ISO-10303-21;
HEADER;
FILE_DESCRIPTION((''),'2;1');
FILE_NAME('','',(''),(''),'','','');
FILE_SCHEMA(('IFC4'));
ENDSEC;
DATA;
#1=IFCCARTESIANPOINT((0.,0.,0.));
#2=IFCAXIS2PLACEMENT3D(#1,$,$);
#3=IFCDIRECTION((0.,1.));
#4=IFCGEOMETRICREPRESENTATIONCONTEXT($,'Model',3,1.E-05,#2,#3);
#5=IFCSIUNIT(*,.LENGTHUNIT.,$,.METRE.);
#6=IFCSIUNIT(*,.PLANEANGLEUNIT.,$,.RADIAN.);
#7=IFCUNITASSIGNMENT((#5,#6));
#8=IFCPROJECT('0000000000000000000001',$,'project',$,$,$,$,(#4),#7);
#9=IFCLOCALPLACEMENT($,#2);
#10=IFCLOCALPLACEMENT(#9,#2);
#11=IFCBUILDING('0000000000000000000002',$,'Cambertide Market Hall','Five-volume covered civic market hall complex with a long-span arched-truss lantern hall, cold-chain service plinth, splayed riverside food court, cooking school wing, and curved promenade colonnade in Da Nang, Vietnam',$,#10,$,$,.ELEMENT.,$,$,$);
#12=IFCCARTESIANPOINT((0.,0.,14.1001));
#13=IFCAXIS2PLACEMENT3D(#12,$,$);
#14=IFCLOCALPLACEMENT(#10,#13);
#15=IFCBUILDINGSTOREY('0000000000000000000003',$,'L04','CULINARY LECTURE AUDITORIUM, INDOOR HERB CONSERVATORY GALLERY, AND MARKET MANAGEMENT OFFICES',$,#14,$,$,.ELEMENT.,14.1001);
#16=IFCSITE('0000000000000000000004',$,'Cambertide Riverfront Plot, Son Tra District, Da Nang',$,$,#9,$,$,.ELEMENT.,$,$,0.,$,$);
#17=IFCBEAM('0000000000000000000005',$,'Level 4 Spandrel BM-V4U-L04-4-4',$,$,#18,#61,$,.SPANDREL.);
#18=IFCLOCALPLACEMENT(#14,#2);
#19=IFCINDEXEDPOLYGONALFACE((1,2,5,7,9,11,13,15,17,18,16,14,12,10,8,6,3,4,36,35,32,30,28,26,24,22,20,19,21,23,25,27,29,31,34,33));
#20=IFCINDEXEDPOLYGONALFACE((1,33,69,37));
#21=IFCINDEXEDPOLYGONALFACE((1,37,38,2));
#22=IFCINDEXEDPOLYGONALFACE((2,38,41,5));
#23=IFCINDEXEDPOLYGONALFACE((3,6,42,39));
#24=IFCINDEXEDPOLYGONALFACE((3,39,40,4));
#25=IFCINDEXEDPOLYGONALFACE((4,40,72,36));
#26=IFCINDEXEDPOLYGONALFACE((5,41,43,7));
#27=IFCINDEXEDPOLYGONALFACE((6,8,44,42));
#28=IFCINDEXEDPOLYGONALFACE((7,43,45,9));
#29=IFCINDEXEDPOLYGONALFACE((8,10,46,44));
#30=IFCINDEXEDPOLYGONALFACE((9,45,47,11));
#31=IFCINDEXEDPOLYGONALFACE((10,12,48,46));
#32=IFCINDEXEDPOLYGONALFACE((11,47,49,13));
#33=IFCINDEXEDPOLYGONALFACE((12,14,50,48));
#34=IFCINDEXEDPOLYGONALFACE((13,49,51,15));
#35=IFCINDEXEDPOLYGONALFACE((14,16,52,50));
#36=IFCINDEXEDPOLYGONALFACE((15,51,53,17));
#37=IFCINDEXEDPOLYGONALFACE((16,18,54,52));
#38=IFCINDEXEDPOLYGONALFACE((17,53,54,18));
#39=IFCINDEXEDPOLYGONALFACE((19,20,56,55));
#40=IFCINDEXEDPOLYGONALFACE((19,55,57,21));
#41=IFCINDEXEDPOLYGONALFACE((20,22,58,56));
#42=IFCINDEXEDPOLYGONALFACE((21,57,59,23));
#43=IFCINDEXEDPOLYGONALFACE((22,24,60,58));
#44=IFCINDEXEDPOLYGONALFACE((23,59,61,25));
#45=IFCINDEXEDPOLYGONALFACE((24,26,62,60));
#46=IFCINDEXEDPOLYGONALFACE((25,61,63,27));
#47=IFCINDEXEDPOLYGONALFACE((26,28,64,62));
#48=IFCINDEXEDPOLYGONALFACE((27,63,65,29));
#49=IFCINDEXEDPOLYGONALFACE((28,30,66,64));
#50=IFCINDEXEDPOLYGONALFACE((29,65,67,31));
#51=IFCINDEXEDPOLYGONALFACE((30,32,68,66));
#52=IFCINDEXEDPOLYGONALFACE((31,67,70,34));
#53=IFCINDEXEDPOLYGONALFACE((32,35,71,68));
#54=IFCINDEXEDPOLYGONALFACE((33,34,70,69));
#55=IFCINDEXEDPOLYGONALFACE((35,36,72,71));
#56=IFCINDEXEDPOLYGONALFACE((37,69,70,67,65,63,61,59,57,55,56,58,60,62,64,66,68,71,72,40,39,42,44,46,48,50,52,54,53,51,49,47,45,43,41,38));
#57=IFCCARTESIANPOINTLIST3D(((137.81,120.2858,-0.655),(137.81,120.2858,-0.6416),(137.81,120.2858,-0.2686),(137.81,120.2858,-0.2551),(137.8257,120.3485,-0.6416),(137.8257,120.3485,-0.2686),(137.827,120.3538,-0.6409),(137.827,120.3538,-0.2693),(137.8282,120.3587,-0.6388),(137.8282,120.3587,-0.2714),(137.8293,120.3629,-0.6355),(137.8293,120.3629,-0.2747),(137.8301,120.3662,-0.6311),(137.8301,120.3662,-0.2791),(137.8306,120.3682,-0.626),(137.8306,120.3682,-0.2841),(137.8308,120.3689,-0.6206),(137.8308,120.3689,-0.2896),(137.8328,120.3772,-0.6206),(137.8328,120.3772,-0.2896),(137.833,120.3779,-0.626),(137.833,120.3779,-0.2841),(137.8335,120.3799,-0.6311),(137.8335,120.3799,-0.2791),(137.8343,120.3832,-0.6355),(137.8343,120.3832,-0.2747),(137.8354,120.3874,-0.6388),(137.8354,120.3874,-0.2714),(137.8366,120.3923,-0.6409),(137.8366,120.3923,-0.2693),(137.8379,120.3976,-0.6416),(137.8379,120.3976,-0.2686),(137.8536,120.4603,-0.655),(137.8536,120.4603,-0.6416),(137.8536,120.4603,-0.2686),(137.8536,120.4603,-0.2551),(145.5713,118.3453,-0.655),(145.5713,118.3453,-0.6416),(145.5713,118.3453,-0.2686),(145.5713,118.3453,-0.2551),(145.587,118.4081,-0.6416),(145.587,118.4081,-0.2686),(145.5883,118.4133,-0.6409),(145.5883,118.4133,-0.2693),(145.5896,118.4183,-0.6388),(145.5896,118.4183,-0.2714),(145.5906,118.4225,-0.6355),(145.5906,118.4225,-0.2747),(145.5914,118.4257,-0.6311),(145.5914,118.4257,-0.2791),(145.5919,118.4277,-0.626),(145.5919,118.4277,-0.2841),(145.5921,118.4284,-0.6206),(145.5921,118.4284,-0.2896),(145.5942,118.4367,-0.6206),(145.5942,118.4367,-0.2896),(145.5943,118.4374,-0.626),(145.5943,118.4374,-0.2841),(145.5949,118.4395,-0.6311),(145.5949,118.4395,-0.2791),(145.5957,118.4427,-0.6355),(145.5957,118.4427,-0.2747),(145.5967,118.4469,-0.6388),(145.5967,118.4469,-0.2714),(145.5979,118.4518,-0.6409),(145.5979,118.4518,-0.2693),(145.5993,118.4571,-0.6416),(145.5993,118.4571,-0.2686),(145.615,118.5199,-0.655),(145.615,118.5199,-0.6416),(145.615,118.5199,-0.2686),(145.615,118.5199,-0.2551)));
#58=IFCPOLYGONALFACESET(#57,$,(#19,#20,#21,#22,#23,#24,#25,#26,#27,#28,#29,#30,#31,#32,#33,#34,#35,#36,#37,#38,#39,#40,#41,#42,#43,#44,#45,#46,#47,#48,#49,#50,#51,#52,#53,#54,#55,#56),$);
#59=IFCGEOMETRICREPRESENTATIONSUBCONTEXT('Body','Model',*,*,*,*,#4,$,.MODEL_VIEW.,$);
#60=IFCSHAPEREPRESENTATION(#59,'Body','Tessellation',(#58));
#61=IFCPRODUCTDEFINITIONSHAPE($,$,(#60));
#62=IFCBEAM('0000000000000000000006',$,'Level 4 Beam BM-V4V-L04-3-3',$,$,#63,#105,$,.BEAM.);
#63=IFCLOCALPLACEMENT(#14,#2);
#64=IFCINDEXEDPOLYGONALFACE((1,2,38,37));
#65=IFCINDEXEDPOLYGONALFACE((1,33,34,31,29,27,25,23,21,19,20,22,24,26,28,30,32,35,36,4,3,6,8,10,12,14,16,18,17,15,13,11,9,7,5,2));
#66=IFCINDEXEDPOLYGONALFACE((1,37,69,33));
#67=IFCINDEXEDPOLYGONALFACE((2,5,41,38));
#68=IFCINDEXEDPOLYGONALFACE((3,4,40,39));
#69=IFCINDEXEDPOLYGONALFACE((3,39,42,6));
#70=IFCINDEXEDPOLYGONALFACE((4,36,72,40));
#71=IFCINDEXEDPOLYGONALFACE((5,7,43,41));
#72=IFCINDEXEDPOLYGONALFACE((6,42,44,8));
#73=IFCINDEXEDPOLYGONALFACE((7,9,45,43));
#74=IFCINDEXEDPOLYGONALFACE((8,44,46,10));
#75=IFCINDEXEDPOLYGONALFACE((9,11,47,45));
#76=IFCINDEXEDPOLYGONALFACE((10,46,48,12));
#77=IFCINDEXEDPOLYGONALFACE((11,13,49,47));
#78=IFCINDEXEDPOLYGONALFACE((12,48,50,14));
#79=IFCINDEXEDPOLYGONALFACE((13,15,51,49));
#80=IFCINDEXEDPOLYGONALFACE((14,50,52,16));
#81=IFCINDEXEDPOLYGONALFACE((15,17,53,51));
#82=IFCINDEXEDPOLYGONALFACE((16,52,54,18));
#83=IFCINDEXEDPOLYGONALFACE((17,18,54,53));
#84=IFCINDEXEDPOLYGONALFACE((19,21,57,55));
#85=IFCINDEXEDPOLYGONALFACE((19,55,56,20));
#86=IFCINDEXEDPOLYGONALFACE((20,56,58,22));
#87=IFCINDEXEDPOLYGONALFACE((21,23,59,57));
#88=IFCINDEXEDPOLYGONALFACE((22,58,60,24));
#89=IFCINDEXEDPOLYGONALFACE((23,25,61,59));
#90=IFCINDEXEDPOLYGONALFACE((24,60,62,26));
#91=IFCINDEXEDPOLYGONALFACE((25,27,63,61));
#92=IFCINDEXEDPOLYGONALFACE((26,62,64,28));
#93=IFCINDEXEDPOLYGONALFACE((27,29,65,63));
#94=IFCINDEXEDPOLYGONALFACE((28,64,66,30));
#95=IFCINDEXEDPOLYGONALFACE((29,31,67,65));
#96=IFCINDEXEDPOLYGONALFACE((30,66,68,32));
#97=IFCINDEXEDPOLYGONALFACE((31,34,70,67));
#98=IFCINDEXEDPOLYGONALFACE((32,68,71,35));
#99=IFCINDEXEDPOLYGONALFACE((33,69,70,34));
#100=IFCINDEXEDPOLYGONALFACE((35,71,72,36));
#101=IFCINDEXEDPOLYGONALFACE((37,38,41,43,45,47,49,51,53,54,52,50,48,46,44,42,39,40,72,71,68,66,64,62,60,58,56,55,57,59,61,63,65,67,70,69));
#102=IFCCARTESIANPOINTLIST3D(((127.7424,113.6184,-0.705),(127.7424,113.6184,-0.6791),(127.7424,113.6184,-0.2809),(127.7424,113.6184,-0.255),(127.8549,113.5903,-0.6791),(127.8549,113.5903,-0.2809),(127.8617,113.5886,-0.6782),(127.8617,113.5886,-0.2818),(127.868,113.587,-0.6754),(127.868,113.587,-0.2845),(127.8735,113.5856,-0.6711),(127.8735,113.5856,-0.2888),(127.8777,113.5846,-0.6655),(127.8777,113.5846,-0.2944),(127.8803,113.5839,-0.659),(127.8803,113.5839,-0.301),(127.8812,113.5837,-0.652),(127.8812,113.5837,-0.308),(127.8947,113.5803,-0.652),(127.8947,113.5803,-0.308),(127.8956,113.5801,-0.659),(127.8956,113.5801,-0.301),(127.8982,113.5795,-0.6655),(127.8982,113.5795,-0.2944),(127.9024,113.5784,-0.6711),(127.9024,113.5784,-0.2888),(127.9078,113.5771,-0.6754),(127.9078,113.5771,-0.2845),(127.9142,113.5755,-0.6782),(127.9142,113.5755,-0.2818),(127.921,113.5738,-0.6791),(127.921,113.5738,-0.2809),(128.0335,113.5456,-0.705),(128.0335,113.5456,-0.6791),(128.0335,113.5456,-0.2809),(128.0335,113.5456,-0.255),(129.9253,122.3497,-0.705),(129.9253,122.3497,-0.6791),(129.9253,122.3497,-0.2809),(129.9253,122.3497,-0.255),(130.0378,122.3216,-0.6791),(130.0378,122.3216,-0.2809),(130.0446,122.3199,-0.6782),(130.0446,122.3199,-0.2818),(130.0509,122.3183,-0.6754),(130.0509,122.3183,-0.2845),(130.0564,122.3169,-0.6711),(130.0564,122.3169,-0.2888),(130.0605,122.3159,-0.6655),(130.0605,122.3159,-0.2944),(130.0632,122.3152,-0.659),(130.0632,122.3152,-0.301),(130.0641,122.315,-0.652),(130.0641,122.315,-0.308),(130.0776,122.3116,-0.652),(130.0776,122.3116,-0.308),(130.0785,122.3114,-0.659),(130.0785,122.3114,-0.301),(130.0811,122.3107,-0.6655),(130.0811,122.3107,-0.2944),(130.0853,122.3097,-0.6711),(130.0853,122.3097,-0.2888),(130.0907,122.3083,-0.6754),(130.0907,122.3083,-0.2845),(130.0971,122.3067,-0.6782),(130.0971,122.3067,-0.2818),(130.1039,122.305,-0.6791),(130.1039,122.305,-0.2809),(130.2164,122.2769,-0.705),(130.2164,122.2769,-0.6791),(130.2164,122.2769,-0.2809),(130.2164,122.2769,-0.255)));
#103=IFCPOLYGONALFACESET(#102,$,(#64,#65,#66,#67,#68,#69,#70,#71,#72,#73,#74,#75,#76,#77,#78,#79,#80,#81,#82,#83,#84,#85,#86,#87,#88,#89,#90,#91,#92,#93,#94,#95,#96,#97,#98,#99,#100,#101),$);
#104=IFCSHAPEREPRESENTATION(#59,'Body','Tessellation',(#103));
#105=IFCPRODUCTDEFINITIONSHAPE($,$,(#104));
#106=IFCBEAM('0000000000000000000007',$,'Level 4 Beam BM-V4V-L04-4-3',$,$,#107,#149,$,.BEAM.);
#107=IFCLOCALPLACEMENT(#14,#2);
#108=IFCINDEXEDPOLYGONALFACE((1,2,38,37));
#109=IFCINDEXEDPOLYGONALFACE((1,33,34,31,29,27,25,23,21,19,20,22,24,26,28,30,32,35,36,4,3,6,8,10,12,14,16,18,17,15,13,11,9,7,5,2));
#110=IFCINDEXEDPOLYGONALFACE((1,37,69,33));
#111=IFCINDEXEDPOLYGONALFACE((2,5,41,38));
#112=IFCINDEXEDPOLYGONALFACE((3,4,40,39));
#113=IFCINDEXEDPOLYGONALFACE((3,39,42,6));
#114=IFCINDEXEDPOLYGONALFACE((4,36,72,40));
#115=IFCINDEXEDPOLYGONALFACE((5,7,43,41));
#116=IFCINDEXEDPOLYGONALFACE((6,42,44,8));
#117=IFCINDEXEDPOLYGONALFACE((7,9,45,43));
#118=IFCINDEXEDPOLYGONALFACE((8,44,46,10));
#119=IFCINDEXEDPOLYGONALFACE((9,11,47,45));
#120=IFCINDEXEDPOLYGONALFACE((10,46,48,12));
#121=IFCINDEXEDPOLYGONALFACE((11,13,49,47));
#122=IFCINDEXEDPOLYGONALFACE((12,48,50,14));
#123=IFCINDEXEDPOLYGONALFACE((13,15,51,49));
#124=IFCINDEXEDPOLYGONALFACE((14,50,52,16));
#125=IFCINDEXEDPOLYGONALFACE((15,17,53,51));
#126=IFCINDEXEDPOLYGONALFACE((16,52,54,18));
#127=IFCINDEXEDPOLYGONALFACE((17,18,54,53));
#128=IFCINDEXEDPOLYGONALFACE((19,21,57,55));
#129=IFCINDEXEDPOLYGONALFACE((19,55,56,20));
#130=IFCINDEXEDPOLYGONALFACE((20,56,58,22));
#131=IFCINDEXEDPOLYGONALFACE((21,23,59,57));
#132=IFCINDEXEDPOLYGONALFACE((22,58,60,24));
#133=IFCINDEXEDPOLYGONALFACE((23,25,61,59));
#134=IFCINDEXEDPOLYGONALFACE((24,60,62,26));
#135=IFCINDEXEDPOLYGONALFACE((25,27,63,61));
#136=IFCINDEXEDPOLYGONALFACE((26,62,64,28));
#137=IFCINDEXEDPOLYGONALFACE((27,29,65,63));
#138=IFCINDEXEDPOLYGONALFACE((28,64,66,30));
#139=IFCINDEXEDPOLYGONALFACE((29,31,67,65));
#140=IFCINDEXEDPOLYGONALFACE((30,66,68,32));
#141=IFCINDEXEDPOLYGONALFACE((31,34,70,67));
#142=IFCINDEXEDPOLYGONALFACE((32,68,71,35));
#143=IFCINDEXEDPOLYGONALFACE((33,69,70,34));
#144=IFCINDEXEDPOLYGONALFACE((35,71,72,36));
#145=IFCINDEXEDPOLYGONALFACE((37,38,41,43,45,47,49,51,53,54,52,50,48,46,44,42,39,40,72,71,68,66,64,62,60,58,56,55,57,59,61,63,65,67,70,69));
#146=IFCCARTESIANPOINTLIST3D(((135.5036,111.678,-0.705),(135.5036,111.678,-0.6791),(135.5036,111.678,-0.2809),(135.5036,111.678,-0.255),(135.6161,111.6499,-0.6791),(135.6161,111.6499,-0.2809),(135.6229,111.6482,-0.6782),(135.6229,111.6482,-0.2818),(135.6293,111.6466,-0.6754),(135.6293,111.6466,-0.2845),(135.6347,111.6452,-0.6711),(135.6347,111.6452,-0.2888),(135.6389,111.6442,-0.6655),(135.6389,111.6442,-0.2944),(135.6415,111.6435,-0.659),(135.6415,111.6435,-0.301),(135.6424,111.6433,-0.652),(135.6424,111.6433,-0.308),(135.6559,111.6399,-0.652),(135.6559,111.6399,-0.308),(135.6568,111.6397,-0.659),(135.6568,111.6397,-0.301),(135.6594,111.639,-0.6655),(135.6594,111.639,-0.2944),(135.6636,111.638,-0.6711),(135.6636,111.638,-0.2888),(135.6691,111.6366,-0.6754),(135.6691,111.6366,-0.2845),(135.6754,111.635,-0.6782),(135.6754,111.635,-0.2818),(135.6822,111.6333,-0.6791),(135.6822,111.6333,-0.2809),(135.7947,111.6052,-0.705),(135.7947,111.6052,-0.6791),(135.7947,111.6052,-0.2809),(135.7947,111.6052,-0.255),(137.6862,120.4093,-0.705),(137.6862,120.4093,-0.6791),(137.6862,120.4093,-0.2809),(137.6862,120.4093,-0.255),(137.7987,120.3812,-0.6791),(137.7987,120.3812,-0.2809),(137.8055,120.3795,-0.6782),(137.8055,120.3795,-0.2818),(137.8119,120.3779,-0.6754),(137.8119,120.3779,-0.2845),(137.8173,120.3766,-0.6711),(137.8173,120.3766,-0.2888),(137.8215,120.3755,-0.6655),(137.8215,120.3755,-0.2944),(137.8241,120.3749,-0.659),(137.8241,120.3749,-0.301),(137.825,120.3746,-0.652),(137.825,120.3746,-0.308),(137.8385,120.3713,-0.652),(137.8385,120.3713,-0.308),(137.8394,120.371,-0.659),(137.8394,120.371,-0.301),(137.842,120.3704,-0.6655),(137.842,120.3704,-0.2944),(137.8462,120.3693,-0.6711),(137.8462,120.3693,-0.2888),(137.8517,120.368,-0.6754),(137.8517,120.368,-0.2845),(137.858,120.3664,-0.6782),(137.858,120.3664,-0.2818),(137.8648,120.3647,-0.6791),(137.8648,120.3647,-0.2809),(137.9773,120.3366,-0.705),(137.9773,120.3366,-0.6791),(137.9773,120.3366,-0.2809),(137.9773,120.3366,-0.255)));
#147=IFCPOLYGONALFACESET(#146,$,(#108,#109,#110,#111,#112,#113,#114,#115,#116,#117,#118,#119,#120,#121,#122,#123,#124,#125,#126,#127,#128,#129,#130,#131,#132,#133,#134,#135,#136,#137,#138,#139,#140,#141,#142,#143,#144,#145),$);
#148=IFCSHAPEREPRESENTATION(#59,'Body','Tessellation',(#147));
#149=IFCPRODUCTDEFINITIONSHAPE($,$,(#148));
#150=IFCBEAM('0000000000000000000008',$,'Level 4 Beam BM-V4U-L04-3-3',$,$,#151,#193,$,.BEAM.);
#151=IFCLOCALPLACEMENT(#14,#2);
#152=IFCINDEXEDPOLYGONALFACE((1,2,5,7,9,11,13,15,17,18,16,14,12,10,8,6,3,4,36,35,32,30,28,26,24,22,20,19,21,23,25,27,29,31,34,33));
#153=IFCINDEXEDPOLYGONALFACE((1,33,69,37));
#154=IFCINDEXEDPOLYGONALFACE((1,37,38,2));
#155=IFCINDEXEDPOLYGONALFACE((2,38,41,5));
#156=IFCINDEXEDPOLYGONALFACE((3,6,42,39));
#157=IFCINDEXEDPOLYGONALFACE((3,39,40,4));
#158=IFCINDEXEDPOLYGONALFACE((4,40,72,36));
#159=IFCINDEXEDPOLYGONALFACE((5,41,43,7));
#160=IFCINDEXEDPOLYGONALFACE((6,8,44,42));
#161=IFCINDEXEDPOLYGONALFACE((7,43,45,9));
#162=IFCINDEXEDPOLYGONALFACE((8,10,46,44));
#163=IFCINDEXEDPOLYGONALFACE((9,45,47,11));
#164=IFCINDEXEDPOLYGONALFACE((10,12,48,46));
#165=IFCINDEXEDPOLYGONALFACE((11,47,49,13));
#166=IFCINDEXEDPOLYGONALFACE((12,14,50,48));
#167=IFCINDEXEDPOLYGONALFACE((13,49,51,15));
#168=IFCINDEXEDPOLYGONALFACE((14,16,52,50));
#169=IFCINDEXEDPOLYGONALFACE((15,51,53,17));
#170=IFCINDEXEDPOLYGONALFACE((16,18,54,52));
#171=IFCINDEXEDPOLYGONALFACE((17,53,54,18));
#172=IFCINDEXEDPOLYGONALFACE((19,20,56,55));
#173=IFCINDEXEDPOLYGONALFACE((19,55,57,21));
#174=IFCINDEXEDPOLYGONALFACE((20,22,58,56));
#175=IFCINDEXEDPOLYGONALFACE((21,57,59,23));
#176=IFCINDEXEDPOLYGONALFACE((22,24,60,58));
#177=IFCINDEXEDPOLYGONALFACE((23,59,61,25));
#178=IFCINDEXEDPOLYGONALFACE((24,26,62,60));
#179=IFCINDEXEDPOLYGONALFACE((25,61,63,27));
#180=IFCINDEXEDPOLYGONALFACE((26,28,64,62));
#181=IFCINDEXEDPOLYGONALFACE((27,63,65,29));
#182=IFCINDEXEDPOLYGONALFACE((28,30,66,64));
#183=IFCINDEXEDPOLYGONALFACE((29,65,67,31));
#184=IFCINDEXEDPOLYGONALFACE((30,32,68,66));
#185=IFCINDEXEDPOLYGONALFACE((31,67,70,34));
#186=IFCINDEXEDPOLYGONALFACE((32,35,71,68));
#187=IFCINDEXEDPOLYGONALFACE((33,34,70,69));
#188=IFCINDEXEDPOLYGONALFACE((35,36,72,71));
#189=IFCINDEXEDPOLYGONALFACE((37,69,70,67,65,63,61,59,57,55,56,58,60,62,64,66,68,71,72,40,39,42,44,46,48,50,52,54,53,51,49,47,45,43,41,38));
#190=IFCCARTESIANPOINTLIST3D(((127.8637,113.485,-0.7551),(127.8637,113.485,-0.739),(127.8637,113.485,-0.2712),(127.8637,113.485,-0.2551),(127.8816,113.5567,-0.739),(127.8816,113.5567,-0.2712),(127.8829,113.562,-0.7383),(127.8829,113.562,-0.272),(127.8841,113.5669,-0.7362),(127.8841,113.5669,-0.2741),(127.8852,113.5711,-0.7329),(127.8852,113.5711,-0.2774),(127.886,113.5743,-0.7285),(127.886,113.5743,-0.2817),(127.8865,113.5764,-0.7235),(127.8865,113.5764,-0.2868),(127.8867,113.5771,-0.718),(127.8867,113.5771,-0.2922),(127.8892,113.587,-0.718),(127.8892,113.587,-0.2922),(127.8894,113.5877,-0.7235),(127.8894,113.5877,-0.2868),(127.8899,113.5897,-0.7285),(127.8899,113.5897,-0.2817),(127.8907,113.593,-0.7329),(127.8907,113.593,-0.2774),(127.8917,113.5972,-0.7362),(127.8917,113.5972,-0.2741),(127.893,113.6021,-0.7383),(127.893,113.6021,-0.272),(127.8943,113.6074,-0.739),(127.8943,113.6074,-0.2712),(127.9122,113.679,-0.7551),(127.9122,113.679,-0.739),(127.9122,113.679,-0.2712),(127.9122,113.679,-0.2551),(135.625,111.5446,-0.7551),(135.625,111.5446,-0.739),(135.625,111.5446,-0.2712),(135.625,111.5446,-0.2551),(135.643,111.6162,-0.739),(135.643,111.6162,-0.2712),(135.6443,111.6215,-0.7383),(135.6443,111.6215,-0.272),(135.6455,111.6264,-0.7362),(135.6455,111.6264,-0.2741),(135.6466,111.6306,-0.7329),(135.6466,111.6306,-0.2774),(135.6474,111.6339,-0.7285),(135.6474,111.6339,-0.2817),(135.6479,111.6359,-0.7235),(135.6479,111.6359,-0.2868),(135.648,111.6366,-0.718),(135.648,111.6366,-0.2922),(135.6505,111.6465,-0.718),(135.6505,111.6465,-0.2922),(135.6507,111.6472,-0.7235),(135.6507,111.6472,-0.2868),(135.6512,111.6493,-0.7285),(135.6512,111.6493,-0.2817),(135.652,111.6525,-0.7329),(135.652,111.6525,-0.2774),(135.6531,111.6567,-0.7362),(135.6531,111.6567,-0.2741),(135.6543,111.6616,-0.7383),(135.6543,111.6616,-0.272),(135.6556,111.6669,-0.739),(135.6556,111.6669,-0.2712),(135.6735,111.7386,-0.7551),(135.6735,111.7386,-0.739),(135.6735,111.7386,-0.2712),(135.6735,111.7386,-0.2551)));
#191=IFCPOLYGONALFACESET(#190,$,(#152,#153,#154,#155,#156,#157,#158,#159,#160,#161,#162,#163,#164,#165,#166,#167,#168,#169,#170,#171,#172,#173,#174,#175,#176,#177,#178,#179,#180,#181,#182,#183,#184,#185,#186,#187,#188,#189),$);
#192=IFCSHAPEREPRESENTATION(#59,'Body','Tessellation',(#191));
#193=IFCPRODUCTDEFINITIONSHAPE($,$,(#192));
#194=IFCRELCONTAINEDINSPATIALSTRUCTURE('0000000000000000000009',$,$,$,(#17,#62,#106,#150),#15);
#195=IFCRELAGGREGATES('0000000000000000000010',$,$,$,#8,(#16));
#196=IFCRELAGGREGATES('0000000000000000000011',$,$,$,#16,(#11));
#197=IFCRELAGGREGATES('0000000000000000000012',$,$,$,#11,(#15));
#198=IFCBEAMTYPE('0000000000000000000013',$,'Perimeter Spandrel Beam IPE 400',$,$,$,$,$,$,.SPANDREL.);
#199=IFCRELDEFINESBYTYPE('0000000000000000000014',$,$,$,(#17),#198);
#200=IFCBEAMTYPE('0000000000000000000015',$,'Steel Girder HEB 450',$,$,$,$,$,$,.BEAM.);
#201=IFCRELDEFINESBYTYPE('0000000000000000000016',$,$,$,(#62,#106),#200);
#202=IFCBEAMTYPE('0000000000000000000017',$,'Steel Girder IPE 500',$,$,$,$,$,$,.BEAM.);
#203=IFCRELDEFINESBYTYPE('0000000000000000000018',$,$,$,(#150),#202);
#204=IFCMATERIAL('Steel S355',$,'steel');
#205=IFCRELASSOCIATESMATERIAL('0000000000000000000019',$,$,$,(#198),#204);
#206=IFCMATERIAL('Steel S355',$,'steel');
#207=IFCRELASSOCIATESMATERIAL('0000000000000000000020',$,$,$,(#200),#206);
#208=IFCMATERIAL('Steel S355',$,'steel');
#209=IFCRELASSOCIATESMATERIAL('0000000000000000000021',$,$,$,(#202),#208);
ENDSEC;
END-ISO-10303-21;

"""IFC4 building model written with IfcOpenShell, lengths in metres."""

from ifc_helpers import new_model, si_unit, direction, frame, origin, origin_2d, place, context, subcontext, project, spatial, i_section, extrude, material, material_profile, profile_set, type_object, element, save


model = new_model("IFC4")

# Units and contexts
model_context = context("Model", 3, precision=1e-05, world=origin(), true_north=direction((0.0, 1.0)))
body_context = subcontext(model_context, "Body", "Model", "MODEL_VIEW")
ifc_project = project(units=[si_unit("LENGTHUNIT", "METRE"), si_unit("PLANEANGLEUNIT", "RADIAN")], contexts=[model_context])

# Site, building, storey
site_placement = place(None, origin())
site = spatial("IfcSite", under=ifc_project, at=site_placement, Name="Cambertide Riverfront Plot, Son Tra District, Da Nang", CompositionType="ELEMENT", RefElevation=0.0)
building_placement = place(site_placement, origin())
building = spatial("IfcBuilding", under=site, at=building_placement, Name="Cambertide Market Hall", Description="Five-volume covered civic market hall complex with a long-span arched-truss lantern hall, cold-chain service plinth, splayed riverside food court, cooking school wing, and curved promenade colonnade in Da Nang, Vietnam", CompositionType="ELEMENT")
storey_placement = place(building_placement, frame((0.0, 0.0, 14.1001)))
storey = spatial("IfcBuildingStorey", under=building, at=storey_placement, Name="L04", Description="CULINARY LECTURE AUDITORIUM, INDOOR HERB CONSERVATORY GALLERY, AND MARKET MANAGEMENT OFFICES", CompositionType="ELEMENT", Elevation=14.1001)

# Beams
ifc_material_1 = material(Name="Steel S355", Category="steel")
ifc_material_profile_1 = material_profile(ifc_material_1, i_section(OverallWidth=0.1799, OverallDepth=0.3999, WebThickness=0.0085, FlangeThickness=0.0134, FilletRadius=0.021, at=origin_2d()), Name="IPE 400")
ifc_profile_set_1 = profile_set([ifc_material_profile_1], Name="Steel S355")
beam_type_1 = type_object("IfcBeamType", Name="Perimeter Spandrel Beam IPE 400", PredefinedType="SPANDREL", material=ifc_profile_set_1)
beam_1_placement = place(storey_placement, frame((137.8318, 120.373, -0.4551), z_axis=(0.970139, -0.24255, 0.0), x_axis=(0.24255, 0.970139, 0.0)))
element("IfcBeam", 1, at=beam_1_placement, inside=storey, type_object=beam_type_1, Name="Level 4 Spandrel BM-V4U-L04-4-4", PredefinedType="SPANDREL", context=body_context, shape_type="SweptSolid", body=[
    extrude(i_section(OverallWidth=0.1799, OverallDepth=0.3999, WebThickness=0.0085, FlangeThickness=0.0134, FilletRadius=0.021, at=origin_2d()), origin(), (0.0, 0.0, 1.0), 8.0002),
])
ifc_material_2 = material(Name="Steel S355", Category="steel")
ifc_material_profile_2 = material_profile(ifc_material_2, i_section(OverallWidth=0.3, OverallDepth=0.45, WebThickness=0.0139, FlangeThickness=0.0259, FilletRadius=0.0271, at=origin_2d()), Name="HEB 450")
ifc_profile_set_2 = profile_set([ifc_material_profile_2], Name="Steel S355")
beam_type_2 = type_object("IfcBeamType", Name="Steel Girder HEB 450", PredefinedType="BEAM", material=ifc_profile_set_2)
for number, where, z_axis, x_axis, name in (
    (2, (127.8879, 113.582, -0.48), (0.242542, 0.970141, 0.0), (-0.970141, 0.242542, 0.0), "Level 4 Beam BM-V4V-L04-3-3"),
    (3, (135.6492, 111.6416, -0.48), (0.24251, 0.970149, 0.0), (-0.970149, 0.24251, 0.0), "Level 4 Beam BM-V4V-L04-4-3"),
):
    element("IfcBeam", number, at=place(storey_placement, frame(where, z_axis=z_axis, x_axis=x_axis)), inside=storey, type_object=beam_type_2, Name=name, PredefinedType="BEAM", context=body_context, shape_type="SweptSolid", body=[
        extrude(i_section(OverallWidth=0.3, OverallDepth=0.45, WebThickness=0.0139, FlangeThickness=0.0259, FilletRadius=0.0271, at=origin_2d()), origin(), (0.0, 0.0, 1.0), 9.0),
    ])
ifc_material_3 = material(Name="Steel S355", Category="steel")
ifc_material_profile_3 = material_profile(ifc_material_3, i_section(OverallWidth=0.2, OverallDepth=0.5, WebThickness=0.0103, FlangeThickness=0.0161, FilletRadius=0.021, at=origin_2d()), Name="IPE 500")
ifc_profile_set_3 = profile_set([ifc_material_profile_3], Name="Steel S355")
beam_type_3 = type_object("IfcBeamType", Name="Steel Girder IPE 500", PredefinedType="BEAM", material=ifc_profile_set_3)
beam_2_placement = place(storey_placement, frame((127.8879, 113.582, -0.5051), z_axis=(0.970139, -0.24255, 0.0), x_axis=(0.24255, 0.970139, 0.0)))
element("IfcBeam", 4, at=beam_2_placement, inside=storey, type_object=beam_type_3, Name="Level 4 Beam BM-V4U-L04-3-3", PredefinedType="BEAM", context=body_context, shape_type="SweptSolid", body=[
    extrude(i_section(OverallWidth=0.2, OverallDepth=0.5, WebThickness=0.0103, FlangeThickness=0.0161, FilletRadius=0.021, at=origin_2d()), origin(), (0.0, 0.0, 1.0), 8.0002),
])

save(model, "model.ifc")
